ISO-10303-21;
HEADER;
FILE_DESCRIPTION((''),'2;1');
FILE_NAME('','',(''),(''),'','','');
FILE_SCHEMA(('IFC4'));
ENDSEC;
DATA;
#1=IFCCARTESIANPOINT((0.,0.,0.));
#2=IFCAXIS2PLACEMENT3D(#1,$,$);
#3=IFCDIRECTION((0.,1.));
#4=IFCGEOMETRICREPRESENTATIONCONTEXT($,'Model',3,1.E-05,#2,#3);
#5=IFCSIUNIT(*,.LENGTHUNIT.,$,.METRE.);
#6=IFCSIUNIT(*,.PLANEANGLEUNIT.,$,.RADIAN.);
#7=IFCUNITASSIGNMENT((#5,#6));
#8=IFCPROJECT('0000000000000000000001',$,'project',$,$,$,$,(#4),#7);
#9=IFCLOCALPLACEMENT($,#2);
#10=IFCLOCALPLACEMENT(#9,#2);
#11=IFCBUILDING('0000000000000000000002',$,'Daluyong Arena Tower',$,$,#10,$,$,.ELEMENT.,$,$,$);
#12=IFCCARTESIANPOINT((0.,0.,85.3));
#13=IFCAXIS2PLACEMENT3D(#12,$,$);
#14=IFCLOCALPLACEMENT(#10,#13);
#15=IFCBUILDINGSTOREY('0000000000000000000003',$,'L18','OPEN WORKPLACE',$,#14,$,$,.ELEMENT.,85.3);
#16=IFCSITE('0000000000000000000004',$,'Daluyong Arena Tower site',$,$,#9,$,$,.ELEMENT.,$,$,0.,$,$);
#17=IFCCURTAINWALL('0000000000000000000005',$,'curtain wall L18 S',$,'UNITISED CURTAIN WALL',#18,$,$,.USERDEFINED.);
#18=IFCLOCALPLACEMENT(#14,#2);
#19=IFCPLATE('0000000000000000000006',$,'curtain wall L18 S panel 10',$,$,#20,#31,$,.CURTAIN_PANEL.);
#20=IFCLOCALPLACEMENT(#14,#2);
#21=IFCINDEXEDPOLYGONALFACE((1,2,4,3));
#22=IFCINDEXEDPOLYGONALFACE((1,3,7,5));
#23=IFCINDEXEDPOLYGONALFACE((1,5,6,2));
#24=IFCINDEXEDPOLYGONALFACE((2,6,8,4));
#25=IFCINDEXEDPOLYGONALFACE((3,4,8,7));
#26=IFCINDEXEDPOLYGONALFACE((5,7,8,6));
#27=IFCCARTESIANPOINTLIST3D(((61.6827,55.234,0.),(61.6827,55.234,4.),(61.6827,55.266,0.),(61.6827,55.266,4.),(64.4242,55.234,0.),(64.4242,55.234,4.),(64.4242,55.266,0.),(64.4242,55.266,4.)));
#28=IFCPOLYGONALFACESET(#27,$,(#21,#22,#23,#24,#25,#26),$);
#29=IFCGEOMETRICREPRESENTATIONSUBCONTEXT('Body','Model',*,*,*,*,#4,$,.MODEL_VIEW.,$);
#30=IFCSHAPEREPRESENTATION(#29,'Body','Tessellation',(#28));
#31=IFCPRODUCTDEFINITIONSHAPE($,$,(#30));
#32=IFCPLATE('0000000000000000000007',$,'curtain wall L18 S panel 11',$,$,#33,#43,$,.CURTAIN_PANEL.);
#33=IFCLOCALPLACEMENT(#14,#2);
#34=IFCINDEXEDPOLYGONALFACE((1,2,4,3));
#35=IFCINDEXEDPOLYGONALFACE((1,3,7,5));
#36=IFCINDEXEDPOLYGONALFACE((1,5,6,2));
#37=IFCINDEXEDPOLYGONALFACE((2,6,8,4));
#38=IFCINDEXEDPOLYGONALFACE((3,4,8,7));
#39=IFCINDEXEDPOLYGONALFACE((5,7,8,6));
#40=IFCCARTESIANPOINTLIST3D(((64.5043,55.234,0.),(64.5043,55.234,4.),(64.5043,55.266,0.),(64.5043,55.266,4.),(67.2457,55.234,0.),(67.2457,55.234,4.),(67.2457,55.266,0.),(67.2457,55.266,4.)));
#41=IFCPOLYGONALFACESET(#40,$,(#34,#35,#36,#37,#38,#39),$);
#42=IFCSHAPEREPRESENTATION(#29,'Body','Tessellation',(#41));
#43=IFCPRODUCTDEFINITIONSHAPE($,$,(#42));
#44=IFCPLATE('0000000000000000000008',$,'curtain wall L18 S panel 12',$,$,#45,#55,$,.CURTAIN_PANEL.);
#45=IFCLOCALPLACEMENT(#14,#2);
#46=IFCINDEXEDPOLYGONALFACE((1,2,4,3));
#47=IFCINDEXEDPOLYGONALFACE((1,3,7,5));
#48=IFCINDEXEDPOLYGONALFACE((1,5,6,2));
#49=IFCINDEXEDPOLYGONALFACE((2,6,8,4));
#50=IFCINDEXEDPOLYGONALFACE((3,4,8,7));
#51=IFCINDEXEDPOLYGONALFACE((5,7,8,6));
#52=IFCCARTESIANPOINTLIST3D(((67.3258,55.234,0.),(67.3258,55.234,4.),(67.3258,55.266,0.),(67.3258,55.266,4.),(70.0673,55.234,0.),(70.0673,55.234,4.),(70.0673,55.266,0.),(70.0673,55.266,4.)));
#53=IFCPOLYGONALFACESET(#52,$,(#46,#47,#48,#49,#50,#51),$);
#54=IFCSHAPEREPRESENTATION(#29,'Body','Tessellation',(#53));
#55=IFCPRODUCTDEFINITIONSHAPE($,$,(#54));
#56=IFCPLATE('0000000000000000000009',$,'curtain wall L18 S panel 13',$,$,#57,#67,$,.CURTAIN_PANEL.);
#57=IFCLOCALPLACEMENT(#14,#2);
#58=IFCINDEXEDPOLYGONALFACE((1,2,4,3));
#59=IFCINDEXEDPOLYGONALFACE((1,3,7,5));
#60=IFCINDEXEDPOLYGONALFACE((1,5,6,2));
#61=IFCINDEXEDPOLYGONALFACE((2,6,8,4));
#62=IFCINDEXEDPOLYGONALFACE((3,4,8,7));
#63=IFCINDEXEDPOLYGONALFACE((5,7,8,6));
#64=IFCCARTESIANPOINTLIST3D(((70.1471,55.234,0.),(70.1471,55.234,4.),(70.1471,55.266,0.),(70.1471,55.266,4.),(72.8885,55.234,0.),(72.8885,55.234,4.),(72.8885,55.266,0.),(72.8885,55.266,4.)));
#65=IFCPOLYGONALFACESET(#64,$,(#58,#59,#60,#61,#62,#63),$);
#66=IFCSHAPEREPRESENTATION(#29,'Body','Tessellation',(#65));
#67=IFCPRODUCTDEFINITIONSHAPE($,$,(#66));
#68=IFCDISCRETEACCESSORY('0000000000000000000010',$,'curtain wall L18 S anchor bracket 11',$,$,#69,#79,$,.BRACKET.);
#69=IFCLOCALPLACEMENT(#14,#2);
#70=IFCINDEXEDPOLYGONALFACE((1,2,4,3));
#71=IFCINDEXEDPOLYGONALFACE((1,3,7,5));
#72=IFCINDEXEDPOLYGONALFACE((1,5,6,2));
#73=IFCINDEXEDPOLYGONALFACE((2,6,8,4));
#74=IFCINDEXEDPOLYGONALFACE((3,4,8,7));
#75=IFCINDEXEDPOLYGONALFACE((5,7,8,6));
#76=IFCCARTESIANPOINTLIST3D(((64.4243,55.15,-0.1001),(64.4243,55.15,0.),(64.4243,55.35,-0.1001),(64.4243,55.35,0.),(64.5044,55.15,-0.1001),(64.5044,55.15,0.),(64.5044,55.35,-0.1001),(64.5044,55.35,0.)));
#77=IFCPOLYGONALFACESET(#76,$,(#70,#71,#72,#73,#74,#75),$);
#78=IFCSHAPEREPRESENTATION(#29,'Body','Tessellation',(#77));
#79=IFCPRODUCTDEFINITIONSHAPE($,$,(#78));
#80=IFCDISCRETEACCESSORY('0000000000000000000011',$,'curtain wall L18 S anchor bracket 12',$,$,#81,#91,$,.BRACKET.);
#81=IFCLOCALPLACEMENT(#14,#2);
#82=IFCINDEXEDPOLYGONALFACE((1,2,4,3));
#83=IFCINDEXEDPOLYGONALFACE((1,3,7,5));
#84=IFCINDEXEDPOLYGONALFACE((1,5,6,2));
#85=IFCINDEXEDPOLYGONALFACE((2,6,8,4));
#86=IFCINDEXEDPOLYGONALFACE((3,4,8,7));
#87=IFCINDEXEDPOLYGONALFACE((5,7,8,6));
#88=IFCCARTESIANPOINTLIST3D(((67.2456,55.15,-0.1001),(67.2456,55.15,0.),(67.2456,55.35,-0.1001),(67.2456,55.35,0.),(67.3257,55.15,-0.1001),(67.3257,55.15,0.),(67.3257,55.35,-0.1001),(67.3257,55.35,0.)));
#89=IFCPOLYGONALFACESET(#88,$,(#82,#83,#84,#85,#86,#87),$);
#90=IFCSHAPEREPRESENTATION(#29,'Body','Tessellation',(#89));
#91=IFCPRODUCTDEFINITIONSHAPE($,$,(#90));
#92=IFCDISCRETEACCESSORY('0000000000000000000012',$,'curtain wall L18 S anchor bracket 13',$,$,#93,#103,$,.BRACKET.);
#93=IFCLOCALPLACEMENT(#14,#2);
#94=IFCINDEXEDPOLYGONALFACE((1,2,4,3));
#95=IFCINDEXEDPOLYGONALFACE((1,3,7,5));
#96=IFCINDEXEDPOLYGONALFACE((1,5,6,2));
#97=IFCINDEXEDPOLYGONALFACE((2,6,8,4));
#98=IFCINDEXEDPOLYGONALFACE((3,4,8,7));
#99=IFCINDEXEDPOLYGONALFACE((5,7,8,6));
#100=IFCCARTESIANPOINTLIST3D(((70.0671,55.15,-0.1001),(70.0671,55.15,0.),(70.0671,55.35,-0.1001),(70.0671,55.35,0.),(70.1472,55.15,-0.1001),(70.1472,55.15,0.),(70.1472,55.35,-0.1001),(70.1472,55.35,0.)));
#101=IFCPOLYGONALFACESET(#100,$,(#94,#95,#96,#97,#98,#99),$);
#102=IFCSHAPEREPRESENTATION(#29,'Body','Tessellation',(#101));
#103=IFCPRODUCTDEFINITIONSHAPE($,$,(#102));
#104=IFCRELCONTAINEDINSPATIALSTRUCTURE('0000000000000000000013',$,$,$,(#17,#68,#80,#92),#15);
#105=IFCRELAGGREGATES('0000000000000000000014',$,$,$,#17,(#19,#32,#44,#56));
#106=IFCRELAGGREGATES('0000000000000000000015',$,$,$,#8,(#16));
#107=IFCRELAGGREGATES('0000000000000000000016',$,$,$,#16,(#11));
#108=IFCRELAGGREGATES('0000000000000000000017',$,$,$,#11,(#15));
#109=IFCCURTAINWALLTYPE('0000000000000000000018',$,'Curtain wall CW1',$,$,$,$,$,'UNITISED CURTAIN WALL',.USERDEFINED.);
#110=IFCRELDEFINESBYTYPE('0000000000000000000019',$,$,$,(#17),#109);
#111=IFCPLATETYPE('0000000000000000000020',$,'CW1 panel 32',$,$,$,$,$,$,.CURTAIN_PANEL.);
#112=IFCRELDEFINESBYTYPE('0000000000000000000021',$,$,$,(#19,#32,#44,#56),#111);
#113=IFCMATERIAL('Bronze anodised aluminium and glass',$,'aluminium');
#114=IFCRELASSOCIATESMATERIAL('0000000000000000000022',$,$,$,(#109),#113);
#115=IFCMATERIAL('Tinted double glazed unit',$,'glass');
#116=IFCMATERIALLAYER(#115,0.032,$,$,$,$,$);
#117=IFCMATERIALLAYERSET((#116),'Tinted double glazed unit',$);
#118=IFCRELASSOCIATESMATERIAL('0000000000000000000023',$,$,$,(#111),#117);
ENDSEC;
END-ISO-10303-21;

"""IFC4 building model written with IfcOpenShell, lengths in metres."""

from ifc_helpers import new_model, si_unit, direction, frame, origin, origin_2d, place, context, subcontext, project, spatial, rectangle, extrude, material, layer, layer_set, type_object, element, aggregate, save


model = new_model("IFC4")

# Units and contexts
model_context = context("Model", 3, precision=1e-05, world=origin(), true_north=direction((0.0, 1.0)))
body_context = subcontext(model_context, "Body", "Model", "MODEL_VIEW")
ifc_project = project(units=[si_unit("LENGTHUNIT", "METRE"), si_unit("PLANEANGLEUNIT", "RADIAN")], contexts=[model_context])

# Site, building, storey
site_placement = place(None, origin())
site = spatial("IfcSite", under=ifc_project, at=site_placement, Name="Daluyong Arena Tower site", CompositionType="ELEMENT", RefElevation=0.0)
building_placement = place(site_placement, origin())
building = spatial("IfcBuilding", under=site, at=building_placement, Name="Daluyong Arena Tower", CompositionType="ELEMENT")
storey_placement = place(building_placement, frame((0.0, 0.0, 85.3)))
storey = spatial("IfcBuildingStorey", under=building, at=storey_placement, Name="L18", Description="OPEN WORKPLACE", CompositionType="ELEMENT", Elevation=85.3)

# Curtain wall
ifc_material_1 = material(Name="Bronze anodised aluminium and glass", Category="aluminium")
curtain_wall_type = type_object("IfcCurtainWallType", Name="Curtain wall CW1", ElementType="UNITISED CURTAIN WALL", PredefinedType="USERDEFINED", material=ifc_material_1)
curtain_wall_placement = place(storey_placement, origin())
curtain_wall = element("IfcCurtainWall", 1, at=curtain_wall_placement, inside=storey, type_object=curtain_wall_type, Name="curtain wall L18 S", ObjectType="UNITISED CURTAIN WALL", PredefinedType="USERDEFINED")

# Plates
ifc_material_2 = material(Name="Tinted double glazed unit", Category="glass")
ifc_layer = layer(ifc_material_2, 0.032)
ifc_layer_set = layer_set([ifc_layer], Name="Tinted double glazed unit")
plate_type = type_object("IfcPlateType", Name="CW1 panel 32", PredefinedType="CURTAIN_PANEL", material=ifc_layer_set)
plate_1_placement = place(storey_placement, frame((63.0535, 55.25, 0.0), z_axis=(0.0, 0.0, 1.0), x_axis=(1.0, 0.0, 0.0)))
plate_1 = element("IfcPlate", 2, at=plate_1_placement, type_object=plate_type, Name="curtain wall L18 S panel 10", PredefinedType="CURTAIN_PANEL", context=body_context, shape_type="SweptSolid", body=[
    extrude(rectangle(XDim=2.7415, YDim=0.032, at=origin_2d()), origin(), (0.0, 0.0, 1.0), 4.0),
])
plate_2_placement = place(storey_placement, frame((65.875, 55.25, 0.0), z_axis=(0.0, 0.0, 1.0), x_axis=(1.0, 0.0, 0.0)))
plate_2 = element("IfcPlate", 3, at=plate_2_placement, type_object=plate_type, Name="curtain wall L18 S panel 11", PredefinedType="CURTAIN_PANEL", context=body_context, shape_type="SweptSolid", body=[
    extrude(rectangle(XDim=2.7415, YDim=0.032, at=origin_2d()), origin(), (0.0, 0.0, 1.0), 4.0),
])
plate_3_placement = place(storey_placement, frame((68.6965, 55.25, 0.0), z_axis=(0.0, 0.0, 1.0), x_axis=(1.0, 0.0, 0.0)))
plate_3 = element("IfcPlate", 4, at=plate_3_placement, type_object=plate_type, Name="curtain wall L18 S panel 12", PredefinedType="CURTAIN_PANEL", context=body_context, shape_type="SweptSolid", body=[
    extrude(rectangle(XDim=2.7415, YDim=0.032, at=origin_2d()), origin(), (0.0, 0.0, 1.0), 4.0),
])
plate_4_placement = place(storey_placement, frame((71.5178, 55.25, 0.0), z_axis=(0.0, 0.0, 1.0), x_axis=(1.0, 0.0, 0.0)))
plate_4 = element("IfcPlate", 5, at=plate_4_placement, type_object=plate_type, Name="curtain wall L18 S panel 13", PredefinedType="CURTAIN_PANEL", context=body_context, shape_type="SweptSolid", body=[
    extrude(rectangle(XDim=2.7415, YDim=0.032, at=origin_2d()), origin(), (0.0, 0.0, 1.0), 4.0),
])
aggregate(curtain_wall, [plate_1, plate_2, plate_3, plate_4])

# Discrete accessories
for number, where, z_axis, x_axis, name in (
    (6, (64.4644, 55.25, -0.1001), (0.0, 0.0, 1.0), (1.0, 0.0, 0.0), "curtain wall L18 S anchor bracket 11"),
    (7, (67.2856, 55.25, -0.1001), (0.0, 0.0, 1.0), (1.0, 0.0, 0.0), "curtain wall L18 S anchor bracket 12"),
    (8, (70.1072, 55.25, -0.1001), (0.0, 0.0, 1.0), (1.0, 0.0, 0.0), "curtain wall L18 S anchor bracket 13"),
):
    element("IfcDiscreteAccessory", number, at=place(storey_placement, frame(where, z_axis=z_axis, x_axis=x_axis)), inside=storey, Name=name, PredefinedType="BRACKET", context=body_context, shape_type="SweptSolid", body=[
        extrude(rectangle(XDim=0.0801, YDim=0.2, at=origin_2d()), origin(), (0.0, 0.0, 1.0), 0.1001),
    ])

save(model, "model.ifc")
